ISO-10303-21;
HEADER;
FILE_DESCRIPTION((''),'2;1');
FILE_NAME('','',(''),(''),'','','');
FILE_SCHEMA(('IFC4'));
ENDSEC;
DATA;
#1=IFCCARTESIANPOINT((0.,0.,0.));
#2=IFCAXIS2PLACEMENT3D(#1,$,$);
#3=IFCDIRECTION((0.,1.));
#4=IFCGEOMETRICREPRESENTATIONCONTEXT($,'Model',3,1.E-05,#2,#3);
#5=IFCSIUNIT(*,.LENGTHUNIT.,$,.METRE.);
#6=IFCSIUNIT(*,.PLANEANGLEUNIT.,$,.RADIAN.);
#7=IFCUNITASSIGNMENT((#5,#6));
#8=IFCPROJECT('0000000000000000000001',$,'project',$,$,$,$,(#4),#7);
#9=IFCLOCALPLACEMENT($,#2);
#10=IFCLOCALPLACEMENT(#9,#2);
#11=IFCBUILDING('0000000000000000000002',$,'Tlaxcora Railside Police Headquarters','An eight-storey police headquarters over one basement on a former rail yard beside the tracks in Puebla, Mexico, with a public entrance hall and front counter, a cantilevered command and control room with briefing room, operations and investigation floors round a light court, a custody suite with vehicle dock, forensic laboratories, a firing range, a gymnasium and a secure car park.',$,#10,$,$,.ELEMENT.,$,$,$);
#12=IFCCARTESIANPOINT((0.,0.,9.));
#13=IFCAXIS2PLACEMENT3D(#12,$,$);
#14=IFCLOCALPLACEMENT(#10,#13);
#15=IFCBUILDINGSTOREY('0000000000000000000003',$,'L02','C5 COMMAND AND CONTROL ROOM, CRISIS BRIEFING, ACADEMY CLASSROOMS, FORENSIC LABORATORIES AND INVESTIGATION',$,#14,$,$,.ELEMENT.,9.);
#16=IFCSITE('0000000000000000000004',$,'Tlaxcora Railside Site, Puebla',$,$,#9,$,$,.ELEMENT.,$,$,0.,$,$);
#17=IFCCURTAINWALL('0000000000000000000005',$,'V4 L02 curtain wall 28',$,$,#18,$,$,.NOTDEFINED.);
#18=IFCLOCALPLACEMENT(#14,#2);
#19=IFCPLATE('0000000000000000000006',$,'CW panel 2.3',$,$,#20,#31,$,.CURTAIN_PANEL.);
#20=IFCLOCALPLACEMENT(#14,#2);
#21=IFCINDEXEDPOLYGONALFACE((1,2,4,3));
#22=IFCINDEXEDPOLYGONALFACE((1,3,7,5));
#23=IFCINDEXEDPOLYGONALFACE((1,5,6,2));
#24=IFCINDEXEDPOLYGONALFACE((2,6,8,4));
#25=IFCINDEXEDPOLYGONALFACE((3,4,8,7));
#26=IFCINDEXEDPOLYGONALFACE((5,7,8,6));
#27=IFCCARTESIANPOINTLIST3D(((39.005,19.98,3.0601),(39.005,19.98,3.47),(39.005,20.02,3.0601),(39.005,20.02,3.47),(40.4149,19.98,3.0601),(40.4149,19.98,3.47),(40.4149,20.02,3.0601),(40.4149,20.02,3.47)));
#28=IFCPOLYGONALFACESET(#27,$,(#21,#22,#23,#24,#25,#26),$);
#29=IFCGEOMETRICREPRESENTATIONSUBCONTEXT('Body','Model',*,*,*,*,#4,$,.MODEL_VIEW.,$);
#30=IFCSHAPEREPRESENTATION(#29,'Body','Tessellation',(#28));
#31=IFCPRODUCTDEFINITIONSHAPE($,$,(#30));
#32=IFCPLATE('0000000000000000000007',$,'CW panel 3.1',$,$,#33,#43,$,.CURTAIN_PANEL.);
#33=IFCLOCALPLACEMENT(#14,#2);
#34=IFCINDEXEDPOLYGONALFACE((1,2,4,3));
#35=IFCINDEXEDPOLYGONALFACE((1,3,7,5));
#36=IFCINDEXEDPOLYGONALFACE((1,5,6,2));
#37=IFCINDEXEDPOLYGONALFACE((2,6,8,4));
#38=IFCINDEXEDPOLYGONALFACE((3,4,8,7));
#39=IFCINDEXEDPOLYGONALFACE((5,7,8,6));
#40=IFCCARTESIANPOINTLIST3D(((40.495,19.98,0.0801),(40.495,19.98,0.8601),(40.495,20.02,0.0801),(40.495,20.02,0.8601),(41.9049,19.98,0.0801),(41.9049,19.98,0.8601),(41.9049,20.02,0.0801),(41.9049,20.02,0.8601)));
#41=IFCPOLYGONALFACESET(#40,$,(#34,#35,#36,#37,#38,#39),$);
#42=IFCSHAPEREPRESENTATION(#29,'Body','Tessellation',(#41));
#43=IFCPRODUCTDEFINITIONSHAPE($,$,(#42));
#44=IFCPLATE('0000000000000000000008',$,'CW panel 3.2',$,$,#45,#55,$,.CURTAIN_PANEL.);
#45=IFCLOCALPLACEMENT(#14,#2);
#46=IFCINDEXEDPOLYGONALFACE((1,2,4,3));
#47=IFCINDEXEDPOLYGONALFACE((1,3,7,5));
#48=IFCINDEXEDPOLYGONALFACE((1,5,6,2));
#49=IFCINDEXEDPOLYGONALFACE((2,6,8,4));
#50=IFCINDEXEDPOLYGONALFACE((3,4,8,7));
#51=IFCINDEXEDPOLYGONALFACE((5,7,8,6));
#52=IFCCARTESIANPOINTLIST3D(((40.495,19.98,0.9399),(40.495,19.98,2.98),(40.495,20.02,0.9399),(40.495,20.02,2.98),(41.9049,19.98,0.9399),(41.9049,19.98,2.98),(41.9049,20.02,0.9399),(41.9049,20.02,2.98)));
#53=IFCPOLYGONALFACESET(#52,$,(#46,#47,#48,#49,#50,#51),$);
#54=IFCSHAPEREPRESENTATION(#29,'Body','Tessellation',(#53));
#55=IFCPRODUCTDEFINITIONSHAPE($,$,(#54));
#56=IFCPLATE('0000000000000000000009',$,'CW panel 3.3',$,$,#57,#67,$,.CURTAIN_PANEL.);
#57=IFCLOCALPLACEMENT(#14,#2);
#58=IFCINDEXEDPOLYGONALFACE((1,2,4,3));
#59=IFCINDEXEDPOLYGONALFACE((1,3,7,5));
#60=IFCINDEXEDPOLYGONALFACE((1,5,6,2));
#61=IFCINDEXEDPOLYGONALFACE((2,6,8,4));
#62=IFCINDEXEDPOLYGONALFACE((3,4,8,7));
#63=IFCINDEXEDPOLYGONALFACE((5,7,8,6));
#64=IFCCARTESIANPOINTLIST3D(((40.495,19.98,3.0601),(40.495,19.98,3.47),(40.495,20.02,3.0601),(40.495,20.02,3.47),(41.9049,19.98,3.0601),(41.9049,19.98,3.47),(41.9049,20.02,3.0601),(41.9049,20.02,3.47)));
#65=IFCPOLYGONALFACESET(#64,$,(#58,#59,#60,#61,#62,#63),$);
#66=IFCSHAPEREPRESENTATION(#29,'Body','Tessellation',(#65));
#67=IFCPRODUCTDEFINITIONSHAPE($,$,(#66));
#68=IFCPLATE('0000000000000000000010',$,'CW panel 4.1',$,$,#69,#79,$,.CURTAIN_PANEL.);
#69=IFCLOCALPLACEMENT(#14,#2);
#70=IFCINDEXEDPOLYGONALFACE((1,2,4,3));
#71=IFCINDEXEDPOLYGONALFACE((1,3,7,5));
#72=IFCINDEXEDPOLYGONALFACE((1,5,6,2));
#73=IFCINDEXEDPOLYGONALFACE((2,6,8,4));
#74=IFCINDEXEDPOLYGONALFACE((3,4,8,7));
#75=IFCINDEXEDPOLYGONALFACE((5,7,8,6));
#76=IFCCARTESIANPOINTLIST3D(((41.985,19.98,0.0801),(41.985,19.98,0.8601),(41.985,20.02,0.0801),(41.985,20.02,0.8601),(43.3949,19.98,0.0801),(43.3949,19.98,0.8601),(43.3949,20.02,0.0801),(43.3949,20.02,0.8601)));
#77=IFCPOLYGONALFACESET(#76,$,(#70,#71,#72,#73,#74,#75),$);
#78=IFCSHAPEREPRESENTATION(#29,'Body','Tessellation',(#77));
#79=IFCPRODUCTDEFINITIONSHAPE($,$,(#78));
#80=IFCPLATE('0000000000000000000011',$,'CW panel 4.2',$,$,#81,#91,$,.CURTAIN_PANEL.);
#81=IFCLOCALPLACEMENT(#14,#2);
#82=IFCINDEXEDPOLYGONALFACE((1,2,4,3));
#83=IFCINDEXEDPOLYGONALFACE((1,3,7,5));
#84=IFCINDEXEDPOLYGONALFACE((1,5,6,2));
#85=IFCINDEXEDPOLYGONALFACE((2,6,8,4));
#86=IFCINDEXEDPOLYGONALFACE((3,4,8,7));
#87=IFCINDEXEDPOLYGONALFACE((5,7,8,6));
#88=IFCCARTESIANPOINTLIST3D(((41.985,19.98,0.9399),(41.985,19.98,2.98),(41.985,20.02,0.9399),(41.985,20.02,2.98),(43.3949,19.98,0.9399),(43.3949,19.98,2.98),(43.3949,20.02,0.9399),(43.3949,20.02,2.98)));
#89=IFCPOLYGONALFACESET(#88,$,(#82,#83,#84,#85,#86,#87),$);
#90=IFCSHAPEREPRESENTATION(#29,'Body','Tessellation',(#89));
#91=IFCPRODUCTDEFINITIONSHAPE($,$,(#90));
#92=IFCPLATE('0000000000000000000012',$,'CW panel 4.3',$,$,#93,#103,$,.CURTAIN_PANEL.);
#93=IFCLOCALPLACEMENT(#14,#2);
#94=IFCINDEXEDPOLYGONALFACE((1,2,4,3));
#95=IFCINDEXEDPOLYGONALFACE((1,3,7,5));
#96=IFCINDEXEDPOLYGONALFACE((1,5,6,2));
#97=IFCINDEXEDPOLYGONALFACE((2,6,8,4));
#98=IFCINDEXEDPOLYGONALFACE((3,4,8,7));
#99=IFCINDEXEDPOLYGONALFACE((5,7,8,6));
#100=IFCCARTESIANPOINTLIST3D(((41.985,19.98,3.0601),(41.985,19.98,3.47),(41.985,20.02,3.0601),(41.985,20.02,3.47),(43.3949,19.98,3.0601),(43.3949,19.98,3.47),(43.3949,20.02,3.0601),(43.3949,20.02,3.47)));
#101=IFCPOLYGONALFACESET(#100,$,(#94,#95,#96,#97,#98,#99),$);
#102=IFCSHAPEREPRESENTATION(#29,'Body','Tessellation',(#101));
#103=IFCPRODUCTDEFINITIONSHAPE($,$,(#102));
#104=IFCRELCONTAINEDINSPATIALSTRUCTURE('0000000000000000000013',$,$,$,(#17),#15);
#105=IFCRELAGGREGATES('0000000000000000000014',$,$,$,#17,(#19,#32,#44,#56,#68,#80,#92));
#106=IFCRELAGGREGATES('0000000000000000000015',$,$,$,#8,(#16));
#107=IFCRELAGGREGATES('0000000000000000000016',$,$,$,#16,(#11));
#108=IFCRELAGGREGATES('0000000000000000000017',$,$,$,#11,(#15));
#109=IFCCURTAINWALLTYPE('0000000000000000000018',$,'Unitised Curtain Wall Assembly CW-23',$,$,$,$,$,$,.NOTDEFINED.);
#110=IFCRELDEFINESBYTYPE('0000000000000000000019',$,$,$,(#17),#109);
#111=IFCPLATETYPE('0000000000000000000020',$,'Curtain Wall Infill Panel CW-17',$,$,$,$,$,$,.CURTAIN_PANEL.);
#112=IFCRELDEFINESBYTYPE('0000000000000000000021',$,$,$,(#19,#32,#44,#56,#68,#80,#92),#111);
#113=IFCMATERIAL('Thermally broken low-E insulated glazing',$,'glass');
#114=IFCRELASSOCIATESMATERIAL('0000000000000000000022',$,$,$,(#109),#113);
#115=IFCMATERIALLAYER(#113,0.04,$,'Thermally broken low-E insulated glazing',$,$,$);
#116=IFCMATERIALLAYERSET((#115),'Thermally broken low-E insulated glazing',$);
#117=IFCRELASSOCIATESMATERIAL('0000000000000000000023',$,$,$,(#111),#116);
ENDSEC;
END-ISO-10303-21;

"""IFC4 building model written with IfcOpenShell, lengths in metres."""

from ifc_helpers import new_model, si_unit, direction, frame, origin, origin_2d, place, context, subcontext, project, spatial, rectangle, extrude, material, layer, layer_set, type_object, element, aggregate, save


model = new_model("IFC4")

# Units and contexts
model_context = context("Model", 3, precision=1e-05, world=origin(), true_north=direction((0.0, 1.0)))
body_context = subcontext(model_context, "Body", "Model", "MODEL_VIEW")
ifc_project = project(units=[si_unit("LENGTHUNIT", "METRE"), si_unit("PLANEANGLEUNIT", "RADIAN")], contexts=[model_context])

# Site, building, storey
site_placement = place(None, origin())
site = spatial("IfcSite", under=ifc_project, at=site_placement, Name="Tlaxcora Railside Site, Puebla", CompositionType="ELEMENT", RefElevation=0.0)
building_placement = place(site_placement, origin())
building = spatial("IfcBuilding", under=site, at=building_placement, Name="Tlaxcora Railside Police Headquarters", Description="An eight-storey police headquarters over one basement on a former rail yard beside the tracks in Puebla, Mexico, with a public entrance hall and front counter, a cantilevered command and control room with briefing room, operations and investigation floors round a light court, a custody suite with vehicle dock, forensic laboratories, a firing range, a gymnasium and a secure car park.", CompositionType="ELEMENT")
storey_placement = place(building_placement, frame((0.0, 0.0, 9.0)))
storey = spatial("IfcBuildingStorey", under=building, at=storey_placement, Name="L02", Description="C5 COMMAND AND CONTROL ROOM, CRISIS BRIEFING, ACADEMY CLASSROOMS, FORENSIC LABORATORIES AND INVESTIGATION", CompositionType="ELEMENT", Elevation=9.0)

# Curtain wall, plates
ifc_material_1 = material(Name="Thermally broken low-E insulated glazing", Category="glass")
curtain_wall_type = type_object("IfcCurtainWallType", Name="Unitised Curtain Wall Assembly CW-23", PredefinedType="NOTDEFINED", material=ifc_material_1)
curtain_wall_placement = place(storey_placement, origin())
curtain_wall = element("IfcCurtainWall", 1, at=curtain_wall_placement, inside=storey, type_object=curtain_wall_type, Name="V4 L02 curtain wall 28", PredefinedType="NOTDEFINED")
ifc_layer = layer(ifc_material_1, 0.04, Name="Thermally broken low-E insulated glazing")
ifc_layer_set = layer_set([ifc_layer], Name="Thermally broken low-E insulated glazing")
plate_type = type_object("IfcPlateType", Name="Curtain Wall Infill Panel CW-17", PredefinedType="CURTAIN_PANEL", material=ifc_layer_set)
plate_1_placement = place(storey_placement, frame((39.71, 20.0, 3.0601), z_axis=(0.0, 0.0, 1.0), x_axis=(1.0, 0.0, 0.0)))
plate_1 = element("IfcPlate", 2, at=plate_1_placement, type_object=plate_type, Name="CW panel 2.3", PredefinedType="CURTAIN_PANEL", context=body_context, shape_type="SweptSolid", body=[
    extrude(rectangle(XDim=1.4099, YDim=0.04, at=origin_2d()), origin(), (0.0, 0.0, 1.0), 0.4099),
])
plate_2_placement = place(storey_placement, frame((41.2, 20.0, 0.0801), z_axis=(0.0, 0.0, 1.0), x_axis=(1.0, 0.0, 0.0)))
plate_2 = element("IfcPlate", 3, at=plate_2_placement, type_object=plate_type, Name="CW panel 3.1", PredefinedType="CURTAIN_PANEL", context=body_context, shape_type="SweptSolid", body=[
    extrude(rectangle(XDim=1.4099, YDim=0.04, at=origin_2d()), origin(), (0.0, 0.0, 1.0), 0.78),
])
plate_3_placement = place(storey_placement, frame((41.2, 20.0, 0.9399), z_axis=(0.0, 0.0, 1.0), x_axis=(1.0, 0.0, 0.0)))
plate_3 = element("IfcPlate", 4, at=plate_3_placement, type_object=plate_type, Name="CW panel 3.2", PredefinedType="CURTAIN_PANEL", context=body_context, shape_type="SweptSolid", body=[
    extrude(rectangle(XDim=1.4099, YDim=0.04, at=origin_2d()), origin(), (0.0, 0.0, 1.0), 2.04),
])
plate_4_placement = place(storey_placement, frame((41.2, 20.0, 3.0601), z_axis=(0.0, 0.0, 1.0), x_axis=(1.0, 0.0, 0.0)))
plate_4 = element("IfcPlate", 5, at=plate_4_placement, type_object=plate_type, Name="CW panel 3.3", PredefinedType="CURTAIN_PANEL", context=body_context, shape_type="SweptSolid", body=[
    extrude(rectangle(XDim=1.4099, YDim=0.04, at=origin_2d()), origin(), (0.0, 0.0, 1.0), 0.4099),
])
plate_5_placement = place(storey_placement, frame((42.6899, 20.0, 0.0801), z_axis=(0.0, 0.0, 1.0), x_axis=(1.0, 0.0, 0.0)))
plate_5 = element("IfcPlate", 6, at=plate_5_placement, type_object=plate_type, Name="CW panel 4.1", PredefinedType="CURTAIN_PANEL", context=body_context, shape_type="SweptSolid", body=[
    extrude(rectangle(XDim=1.4099, YDim=0.04, at=origin_2d()), origin(), (0.0, 0.0, 1.0), 0.78),
])
plate_6_placement = place(storey_placement, frame((42.6899, 20.0, 0.9399), z_axis=(0.0, 0.0, 1.0), x_axis=(1.0, 0.0, 0.0)))
plate_6 = element("IfcPlate", 7, at=plate_6_placement, type_object=plate_type, Name="CW panel 4.2", PredefinedType="CURTAIN_PANEL", context=body_context, shape_type="SweptSolid", body=[
    extrude(rectangle(XDim=1.4099, YDim=0.04, at=origin_2d()), origin(), (0.0, 0.0, 1.0), 2.04),
])
plate_7_placement = place(storey_placement, frame((42.6899, 20.0, 3.0601), z_axis=(0.0, 0.0, 1.0), x_axis=(1.0, 0.0, 0.0)))
plate_7 = element("IfcPlate", 8, at=plate_7_placement, type_object=plate_type, Name="CW panel 4.3", PredefinedType="CURTAIN_PANEL", context=body_context, shape_type="SweptSolid", body=[
    extrude(rectangle(XDim=1.4099, YDim=0.04, at=origin_2d()), origin(), (0.0, 0.0, 1.0), 0.4099),
])
aggregate(curtain_wall, [plate_1, plate_2, plate_3, plate_4, plate_5, plate_6, plate_7])

save(model, "model.ifc")
